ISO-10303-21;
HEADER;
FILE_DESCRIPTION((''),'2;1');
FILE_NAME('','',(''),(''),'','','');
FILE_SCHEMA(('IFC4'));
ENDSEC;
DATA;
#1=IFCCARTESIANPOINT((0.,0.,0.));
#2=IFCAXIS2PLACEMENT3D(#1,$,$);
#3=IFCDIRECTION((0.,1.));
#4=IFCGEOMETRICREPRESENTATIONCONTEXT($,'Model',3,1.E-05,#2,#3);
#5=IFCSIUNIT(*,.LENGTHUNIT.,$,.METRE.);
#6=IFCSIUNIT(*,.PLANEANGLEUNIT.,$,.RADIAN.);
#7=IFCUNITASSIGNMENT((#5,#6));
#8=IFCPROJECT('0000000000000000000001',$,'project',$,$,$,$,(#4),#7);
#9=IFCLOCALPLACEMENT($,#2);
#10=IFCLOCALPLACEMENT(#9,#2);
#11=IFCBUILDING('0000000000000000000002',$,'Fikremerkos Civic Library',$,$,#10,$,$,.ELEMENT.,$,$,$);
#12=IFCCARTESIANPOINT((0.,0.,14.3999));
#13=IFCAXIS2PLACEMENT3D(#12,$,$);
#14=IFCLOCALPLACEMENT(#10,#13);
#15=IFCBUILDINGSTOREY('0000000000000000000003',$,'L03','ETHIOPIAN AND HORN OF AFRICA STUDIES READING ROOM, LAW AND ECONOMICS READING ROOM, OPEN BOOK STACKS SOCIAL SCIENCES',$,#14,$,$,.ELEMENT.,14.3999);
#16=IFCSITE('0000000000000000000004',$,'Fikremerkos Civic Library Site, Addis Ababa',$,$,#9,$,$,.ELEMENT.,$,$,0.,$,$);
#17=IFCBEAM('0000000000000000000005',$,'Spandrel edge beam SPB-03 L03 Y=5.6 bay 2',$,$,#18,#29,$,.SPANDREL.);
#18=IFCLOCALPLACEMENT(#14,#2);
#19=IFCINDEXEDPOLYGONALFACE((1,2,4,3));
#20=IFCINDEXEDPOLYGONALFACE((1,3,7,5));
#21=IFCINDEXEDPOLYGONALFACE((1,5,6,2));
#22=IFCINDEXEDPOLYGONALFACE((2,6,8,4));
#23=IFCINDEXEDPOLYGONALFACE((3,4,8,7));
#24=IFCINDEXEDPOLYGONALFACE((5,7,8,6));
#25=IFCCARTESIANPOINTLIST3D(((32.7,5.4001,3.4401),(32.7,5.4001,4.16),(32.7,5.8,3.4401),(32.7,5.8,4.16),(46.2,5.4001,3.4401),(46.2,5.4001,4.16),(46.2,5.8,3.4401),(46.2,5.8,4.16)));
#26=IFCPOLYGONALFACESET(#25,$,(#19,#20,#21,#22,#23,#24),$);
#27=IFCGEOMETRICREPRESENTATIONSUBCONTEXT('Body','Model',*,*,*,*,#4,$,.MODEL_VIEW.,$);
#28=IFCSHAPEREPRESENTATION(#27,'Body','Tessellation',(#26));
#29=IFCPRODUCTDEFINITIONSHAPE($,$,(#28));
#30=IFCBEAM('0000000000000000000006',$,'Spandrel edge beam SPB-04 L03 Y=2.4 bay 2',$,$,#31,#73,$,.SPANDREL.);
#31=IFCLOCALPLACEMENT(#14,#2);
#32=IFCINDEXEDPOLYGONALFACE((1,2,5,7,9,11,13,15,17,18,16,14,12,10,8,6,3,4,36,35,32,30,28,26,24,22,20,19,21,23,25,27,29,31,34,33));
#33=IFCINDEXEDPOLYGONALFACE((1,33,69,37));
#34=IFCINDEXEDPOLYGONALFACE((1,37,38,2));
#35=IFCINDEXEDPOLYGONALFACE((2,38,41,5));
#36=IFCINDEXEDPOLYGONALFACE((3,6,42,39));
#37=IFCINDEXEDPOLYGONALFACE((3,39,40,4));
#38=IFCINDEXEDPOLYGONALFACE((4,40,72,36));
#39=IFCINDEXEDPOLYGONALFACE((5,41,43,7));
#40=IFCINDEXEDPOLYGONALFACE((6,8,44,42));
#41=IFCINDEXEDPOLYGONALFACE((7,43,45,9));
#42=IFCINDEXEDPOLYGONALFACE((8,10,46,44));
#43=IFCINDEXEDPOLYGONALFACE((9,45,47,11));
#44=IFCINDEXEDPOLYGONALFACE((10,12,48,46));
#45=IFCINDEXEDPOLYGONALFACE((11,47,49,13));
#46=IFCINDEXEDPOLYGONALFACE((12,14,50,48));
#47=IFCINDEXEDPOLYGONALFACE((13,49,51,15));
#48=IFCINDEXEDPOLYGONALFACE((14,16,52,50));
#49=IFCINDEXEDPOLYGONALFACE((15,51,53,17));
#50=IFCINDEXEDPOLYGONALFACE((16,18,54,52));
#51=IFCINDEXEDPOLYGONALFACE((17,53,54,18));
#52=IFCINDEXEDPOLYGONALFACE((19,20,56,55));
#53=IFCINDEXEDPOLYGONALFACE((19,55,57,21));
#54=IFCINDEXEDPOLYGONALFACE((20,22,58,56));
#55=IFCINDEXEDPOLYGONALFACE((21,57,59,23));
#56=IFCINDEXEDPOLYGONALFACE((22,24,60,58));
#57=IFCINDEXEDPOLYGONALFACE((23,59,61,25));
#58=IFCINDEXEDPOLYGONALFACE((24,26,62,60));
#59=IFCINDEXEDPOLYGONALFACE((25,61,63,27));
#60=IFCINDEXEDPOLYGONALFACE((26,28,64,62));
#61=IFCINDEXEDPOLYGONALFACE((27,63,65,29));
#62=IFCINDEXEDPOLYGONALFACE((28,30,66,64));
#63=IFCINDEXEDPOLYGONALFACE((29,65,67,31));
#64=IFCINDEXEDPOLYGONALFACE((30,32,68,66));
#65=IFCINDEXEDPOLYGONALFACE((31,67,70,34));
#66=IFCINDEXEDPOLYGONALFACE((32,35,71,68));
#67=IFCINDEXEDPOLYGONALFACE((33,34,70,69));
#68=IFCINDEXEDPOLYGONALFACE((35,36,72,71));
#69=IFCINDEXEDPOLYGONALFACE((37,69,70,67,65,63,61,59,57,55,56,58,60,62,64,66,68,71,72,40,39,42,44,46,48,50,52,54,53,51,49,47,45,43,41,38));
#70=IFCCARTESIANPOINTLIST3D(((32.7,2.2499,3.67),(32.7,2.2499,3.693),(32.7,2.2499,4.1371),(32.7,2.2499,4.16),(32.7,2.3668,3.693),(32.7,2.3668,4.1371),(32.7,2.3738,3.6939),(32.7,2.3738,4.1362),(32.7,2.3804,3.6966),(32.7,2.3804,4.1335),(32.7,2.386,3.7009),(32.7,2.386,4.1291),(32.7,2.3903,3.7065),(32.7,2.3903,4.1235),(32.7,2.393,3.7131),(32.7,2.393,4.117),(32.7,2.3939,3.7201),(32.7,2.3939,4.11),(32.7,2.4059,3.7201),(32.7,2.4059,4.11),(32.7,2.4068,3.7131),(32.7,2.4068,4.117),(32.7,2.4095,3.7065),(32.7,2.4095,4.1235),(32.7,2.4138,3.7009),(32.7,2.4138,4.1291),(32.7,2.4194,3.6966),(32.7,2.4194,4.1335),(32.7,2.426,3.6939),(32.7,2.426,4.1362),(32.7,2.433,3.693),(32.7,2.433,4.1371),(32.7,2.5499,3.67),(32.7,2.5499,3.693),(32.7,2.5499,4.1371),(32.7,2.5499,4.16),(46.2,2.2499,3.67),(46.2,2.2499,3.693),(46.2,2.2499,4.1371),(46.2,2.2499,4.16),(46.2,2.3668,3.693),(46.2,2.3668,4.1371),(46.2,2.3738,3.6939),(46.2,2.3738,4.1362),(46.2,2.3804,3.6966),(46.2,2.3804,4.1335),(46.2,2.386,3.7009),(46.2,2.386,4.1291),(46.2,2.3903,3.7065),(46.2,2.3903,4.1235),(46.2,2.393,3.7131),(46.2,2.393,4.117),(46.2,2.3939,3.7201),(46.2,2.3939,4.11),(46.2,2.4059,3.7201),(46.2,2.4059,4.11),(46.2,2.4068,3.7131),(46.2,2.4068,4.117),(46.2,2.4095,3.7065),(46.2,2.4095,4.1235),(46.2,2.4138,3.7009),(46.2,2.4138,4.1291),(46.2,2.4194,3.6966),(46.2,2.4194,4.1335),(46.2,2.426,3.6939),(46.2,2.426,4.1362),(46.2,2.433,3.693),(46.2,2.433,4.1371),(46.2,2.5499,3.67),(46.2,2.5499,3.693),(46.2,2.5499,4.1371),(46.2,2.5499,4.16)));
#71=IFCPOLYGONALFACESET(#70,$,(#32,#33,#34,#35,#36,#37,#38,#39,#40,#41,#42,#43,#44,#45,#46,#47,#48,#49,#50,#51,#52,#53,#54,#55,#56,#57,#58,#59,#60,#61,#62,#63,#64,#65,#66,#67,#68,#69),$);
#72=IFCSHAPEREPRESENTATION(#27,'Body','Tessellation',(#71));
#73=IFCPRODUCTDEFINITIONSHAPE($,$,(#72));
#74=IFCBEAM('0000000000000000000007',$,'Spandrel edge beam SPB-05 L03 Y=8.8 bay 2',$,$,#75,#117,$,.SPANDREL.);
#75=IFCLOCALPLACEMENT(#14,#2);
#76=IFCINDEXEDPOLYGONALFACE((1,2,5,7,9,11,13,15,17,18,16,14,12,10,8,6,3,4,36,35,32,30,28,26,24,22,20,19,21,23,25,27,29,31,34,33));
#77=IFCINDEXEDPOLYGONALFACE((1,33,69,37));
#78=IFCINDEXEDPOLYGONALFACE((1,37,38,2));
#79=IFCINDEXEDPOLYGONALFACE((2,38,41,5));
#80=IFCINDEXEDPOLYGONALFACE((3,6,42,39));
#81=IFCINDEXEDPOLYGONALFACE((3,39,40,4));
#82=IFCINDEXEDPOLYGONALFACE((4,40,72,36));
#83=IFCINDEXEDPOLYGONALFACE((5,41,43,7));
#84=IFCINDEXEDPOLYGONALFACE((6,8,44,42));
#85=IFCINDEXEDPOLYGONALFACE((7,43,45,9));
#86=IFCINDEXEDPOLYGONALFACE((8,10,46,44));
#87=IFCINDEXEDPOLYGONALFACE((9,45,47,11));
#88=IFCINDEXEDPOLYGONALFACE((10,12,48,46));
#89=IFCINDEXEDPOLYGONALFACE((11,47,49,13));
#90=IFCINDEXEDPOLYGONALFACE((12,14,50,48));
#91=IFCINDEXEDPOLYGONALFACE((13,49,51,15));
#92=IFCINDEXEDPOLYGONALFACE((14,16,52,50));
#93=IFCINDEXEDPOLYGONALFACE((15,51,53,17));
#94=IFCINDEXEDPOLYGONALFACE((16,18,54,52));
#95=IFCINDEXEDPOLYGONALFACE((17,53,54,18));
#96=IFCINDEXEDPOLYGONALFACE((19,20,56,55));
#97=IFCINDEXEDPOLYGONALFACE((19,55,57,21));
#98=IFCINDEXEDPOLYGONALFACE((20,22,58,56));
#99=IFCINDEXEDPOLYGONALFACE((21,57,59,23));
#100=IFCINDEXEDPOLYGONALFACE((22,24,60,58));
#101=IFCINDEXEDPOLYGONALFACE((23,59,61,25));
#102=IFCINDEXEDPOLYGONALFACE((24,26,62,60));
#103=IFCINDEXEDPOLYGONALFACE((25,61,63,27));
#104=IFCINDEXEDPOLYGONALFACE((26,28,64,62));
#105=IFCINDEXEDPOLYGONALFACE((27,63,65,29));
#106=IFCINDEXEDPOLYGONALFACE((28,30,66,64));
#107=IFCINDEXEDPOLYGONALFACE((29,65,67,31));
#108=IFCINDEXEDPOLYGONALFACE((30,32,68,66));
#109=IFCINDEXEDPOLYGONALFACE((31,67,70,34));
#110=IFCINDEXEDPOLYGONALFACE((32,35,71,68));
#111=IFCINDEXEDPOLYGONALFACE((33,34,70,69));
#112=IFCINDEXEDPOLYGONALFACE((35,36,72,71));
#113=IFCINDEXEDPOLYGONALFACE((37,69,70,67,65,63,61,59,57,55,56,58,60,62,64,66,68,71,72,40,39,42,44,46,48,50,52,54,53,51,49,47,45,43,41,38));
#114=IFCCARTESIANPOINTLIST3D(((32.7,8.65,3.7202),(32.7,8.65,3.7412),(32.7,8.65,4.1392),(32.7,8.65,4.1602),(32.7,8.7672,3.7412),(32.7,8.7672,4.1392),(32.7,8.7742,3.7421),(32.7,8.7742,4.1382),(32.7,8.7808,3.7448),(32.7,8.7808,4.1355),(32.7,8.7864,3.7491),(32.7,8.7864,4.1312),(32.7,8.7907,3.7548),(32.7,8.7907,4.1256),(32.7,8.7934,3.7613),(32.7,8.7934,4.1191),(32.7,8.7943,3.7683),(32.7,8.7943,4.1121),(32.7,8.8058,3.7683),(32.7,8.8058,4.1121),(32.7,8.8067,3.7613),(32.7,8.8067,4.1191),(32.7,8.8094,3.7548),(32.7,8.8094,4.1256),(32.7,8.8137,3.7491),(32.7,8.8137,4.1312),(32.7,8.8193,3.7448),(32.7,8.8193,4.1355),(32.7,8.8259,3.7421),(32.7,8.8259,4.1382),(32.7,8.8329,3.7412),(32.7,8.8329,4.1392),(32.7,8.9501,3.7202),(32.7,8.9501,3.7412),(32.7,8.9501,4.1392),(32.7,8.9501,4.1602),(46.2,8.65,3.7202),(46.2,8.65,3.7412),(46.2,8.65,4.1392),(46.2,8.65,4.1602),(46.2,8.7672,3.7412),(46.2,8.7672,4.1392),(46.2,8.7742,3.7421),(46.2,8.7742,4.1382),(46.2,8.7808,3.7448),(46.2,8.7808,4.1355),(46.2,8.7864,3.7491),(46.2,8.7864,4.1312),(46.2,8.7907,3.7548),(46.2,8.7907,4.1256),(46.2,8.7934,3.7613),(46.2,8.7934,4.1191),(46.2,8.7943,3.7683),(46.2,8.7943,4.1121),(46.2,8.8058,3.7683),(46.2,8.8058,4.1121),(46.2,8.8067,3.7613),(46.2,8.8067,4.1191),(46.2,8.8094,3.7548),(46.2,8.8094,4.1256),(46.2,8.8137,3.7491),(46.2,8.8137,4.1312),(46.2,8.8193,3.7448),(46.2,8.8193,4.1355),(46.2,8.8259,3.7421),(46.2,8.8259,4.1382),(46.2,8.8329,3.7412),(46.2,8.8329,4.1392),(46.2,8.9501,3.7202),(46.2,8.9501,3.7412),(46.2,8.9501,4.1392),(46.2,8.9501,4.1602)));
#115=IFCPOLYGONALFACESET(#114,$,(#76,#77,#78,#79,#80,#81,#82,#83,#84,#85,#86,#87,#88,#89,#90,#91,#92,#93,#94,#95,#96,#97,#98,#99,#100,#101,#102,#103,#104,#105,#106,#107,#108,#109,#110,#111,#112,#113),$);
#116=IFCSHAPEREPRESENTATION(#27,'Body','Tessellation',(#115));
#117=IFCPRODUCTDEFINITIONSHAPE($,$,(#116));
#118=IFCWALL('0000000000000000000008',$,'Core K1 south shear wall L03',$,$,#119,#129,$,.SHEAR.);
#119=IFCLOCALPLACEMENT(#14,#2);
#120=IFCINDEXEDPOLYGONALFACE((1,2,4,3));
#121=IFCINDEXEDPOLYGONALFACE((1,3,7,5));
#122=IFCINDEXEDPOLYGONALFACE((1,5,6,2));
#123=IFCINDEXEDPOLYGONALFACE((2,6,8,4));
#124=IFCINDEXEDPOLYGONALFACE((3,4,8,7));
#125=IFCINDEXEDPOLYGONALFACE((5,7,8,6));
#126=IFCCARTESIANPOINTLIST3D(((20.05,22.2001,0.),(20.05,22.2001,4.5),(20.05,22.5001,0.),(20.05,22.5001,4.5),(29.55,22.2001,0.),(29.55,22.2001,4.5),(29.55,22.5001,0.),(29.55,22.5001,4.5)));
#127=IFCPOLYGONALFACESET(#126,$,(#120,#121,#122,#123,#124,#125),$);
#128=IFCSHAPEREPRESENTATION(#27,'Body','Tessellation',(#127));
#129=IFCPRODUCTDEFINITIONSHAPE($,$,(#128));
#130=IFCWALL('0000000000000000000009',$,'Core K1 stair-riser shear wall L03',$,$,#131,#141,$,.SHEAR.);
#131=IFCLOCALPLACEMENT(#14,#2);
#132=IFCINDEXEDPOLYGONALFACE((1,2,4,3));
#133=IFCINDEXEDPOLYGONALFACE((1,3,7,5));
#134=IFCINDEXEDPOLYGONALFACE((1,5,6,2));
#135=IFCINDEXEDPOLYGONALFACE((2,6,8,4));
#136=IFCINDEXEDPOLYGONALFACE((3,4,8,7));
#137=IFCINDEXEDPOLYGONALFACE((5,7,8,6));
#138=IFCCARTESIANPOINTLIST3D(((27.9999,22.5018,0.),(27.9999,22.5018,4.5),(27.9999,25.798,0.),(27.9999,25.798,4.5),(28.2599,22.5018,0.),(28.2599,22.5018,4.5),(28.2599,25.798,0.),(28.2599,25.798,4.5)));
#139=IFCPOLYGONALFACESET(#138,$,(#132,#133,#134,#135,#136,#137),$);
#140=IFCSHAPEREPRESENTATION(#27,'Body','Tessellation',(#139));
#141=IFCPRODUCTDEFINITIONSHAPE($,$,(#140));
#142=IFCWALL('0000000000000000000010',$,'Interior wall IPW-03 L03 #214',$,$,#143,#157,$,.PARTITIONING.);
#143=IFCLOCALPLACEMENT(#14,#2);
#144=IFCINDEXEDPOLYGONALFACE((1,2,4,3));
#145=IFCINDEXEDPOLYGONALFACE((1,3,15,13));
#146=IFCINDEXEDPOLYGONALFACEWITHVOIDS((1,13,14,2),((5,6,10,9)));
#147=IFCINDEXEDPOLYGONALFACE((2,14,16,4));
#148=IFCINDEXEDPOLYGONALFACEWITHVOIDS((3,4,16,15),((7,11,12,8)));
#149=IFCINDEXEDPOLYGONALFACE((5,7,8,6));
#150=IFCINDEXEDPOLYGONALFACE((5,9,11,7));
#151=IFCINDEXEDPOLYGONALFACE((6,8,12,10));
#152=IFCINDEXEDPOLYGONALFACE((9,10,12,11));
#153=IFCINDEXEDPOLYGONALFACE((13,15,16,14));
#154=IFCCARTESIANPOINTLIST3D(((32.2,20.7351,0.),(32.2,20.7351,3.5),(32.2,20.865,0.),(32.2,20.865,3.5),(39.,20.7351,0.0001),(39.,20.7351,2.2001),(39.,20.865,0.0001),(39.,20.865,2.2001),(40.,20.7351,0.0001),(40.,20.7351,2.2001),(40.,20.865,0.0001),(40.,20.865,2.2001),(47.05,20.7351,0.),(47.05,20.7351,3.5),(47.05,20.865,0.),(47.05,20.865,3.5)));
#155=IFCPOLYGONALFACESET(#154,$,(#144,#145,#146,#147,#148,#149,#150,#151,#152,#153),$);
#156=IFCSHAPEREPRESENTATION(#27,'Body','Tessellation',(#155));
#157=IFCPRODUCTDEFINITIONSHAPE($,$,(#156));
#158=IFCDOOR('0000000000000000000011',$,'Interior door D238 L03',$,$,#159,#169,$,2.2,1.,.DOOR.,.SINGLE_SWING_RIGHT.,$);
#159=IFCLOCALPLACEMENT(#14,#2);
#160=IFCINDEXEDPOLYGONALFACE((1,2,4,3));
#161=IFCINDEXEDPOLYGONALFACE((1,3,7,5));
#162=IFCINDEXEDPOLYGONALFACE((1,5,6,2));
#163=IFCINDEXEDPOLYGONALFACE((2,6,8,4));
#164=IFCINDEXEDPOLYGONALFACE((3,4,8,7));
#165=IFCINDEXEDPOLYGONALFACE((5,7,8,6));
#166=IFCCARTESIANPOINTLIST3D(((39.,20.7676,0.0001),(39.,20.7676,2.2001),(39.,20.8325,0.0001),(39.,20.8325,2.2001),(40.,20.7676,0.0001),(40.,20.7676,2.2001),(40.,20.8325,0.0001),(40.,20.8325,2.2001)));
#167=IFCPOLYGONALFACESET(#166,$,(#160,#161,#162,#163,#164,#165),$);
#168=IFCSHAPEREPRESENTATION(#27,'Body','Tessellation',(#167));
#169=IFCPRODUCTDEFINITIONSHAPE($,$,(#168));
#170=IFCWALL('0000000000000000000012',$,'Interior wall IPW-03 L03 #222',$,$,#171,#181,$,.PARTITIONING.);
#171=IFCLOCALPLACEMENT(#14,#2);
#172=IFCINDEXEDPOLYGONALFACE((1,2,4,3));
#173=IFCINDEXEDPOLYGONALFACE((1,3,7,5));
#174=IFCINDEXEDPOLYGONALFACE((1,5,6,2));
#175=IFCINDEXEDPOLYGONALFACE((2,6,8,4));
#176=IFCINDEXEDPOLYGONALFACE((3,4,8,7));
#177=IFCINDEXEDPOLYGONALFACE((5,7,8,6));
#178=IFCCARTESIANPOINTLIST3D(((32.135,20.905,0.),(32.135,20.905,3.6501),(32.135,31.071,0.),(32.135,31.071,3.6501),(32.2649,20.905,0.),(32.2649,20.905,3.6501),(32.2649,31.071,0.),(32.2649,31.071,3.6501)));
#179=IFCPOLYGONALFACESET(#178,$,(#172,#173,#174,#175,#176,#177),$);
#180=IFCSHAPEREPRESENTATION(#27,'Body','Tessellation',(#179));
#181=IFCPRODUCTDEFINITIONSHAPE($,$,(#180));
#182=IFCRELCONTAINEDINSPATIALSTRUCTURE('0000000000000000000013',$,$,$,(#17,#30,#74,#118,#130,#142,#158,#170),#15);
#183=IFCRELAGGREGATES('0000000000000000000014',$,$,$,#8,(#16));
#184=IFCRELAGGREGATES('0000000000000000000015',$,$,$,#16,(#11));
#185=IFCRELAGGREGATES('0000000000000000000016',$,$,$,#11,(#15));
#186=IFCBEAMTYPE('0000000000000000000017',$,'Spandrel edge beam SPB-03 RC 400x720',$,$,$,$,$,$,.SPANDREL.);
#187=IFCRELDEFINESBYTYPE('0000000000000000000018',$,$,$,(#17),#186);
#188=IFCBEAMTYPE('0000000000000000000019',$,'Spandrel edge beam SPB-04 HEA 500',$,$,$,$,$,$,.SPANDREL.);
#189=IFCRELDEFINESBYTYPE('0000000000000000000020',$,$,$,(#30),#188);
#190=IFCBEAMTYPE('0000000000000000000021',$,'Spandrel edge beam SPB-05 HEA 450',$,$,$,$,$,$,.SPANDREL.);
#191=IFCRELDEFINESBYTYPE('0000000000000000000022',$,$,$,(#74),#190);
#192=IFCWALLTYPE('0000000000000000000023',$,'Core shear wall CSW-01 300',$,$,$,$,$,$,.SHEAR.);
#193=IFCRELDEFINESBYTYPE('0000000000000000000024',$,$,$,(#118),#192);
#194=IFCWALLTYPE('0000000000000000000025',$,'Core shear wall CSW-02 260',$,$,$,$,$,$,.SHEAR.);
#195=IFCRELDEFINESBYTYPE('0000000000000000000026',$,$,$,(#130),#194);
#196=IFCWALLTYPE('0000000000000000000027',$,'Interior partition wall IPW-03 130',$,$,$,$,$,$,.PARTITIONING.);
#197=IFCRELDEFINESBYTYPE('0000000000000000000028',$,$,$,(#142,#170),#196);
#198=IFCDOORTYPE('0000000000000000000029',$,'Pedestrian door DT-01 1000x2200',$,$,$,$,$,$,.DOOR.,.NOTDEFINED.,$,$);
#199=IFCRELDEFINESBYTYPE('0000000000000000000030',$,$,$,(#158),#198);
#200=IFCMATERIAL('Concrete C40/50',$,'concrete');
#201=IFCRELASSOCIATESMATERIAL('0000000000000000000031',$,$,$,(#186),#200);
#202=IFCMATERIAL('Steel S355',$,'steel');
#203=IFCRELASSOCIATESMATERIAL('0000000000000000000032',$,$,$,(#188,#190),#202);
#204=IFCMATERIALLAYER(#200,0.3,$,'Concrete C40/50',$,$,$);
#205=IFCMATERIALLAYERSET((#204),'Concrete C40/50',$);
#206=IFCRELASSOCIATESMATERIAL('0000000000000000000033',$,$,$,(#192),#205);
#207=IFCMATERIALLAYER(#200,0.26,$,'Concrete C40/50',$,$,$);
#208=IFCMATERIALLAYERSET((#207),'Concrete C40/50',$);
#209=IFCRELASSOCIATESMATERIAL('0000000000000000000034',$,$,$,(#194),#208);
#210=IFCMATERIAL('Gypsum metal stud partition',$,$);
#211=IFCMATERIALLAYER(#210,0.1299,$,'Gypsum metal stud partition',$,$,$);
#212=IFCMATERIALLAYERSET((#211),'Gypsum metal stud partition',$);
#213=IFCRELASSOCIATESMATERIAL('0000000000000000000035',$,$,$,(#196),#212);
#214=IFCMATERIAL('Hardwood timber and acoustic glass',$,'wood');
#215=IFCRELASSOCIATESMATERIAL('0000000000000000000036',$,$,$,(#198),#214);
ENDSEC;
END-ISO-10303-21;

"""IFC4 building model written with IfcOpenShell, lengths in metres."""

from ifc_helpers import new_model, si_unit, direction, frame, frame_2d, origin, origin_2d, place, context, subcontext, project, spatial, rectangle, i_section, extrude, material, layer, layer_set, material_profile, profile_set, type_object, element, fill, save


model = new_model("IFC4")

# Units and contexts
model_context = context("Model", 3, precision=1e-05, world=origin(), true_north=direction((0.0, 1.0)))
body_context = subcontext(model_context, "Body", "Model", "MODEL_VIEW")
ifc_project = project(units=[si_unit("LENGTHUNIT", "METRE"), si_unit("PLANEANGLEUNIT", "RADIAN")], contexts=[model_context])

# Site, building, storey
site_placement = place(None, origin())
site = spatial("IfcSite", under=ifc_project, at=site_placement, Name="Fikremerkos Civic Library Site, Addis Ababa", CompositionType="ELEMENT", RefElevation=0.0)
building_placement = place(site_placement, origin())
building = spatial("IfcBuilding", under=site, at=building_placement, Name="Fikremerkos Civic Library", CompositionType="ELEMENT")
storey_placement = place(building_placement, frame((0.0, 0.0, 14.3999)))
storey = spatial("IfcBuildingStorey", under=building, at=storey_placement, Name="L03", Description="ETHIOPIAN AND HORN OF AFRICA STUDIES READING ROOM, LAW AND ECONOMICS READING ROOM, OPEN BOOK STACKS SOCIAL SCIENCES", CompositionType="ELEMENT", Elevation=14.3999)

# Shared definitions
ifc_material_1 = material(Name="Concrete C40/50", Category="concrete")
ifc_material_2 = material(Name="Steel S355", Category="steel")

# Beams
ifc_material_profile_1 = material_profile(ifc_material_1, rectangle(XDim=0.3999, YDim=0.72, at=origin_2d()), Name="RC 400x720")
ifc_profile_set_1 = profile_set([ifc_material_profile_1], Name="Concrete C40/50")
beam_type_1 = type_object("IfcBeamType", Name="Spandrel edge beam SPB-03 RC 400x720", PredefinedType="SPANDREL", material=ifc_profile_set_1)
beam_1_placement = place(storey_placement, frame((32.7, 5.6001, 3.8), z_axis=(1.0, 0.0, 0.0), x_axis=(0.0, 1.0, 0.0)))
element("IfcBeam", 1, at=beam_1_placement, inside=storey, type_object=beam_type_1, Name="Spandrel edge beam SPB-03 L03 Y=5.6 bay 2", PredefinedType="SPANDREL", context=body_context, shape_type="SweptSolid", body=[
    extrude(rectangle(XDim=0.3999, YDim=0.72, at=origin_2d()), origin(), (0.0, 0.0, 1.0), 13.5),
])
ifc_material_profile_2 = material_profile(ifc_material_2, i_section(OverallWidth=0.3, OverallDepth=0.49, WebThickness=0.012, FlangeThickness=0.0229, FilletRadius=0.0271, at=origin_2d()), Name="HEA 500")
ifc_profile_set_2 = profile_set([ifc_material_profile_2], Name="Steel S355")
beam_type_2 = type_object("IfcBeamType", Name="Spandrel edge beam SPB-04 HEA 500", PredefinedType="SPANDREL", material=ifc_profile_set_2)
beam_2_placement = place(storey_placement, frame((32.7, 2.3999, 3.915), z_axis=(1.0, 0.0, 0.0), x_axis=(0.0, 1.0, 0.0)))
element("IfcBeam", 2, at=beam_2_placement, inside=storey, type_object=beam_type_2, Name="Spandrel edge beam SPB-04 L03 Y=2.4 bay 2", PredefinedType="SPANDREL", context=body_context, shape_type="SweptSolid", body=[
    extrude(i_section(OverallWidth=0.3, OverallDepth=0.49, WebThickness=0.012, FlangeThickness=0.0229, FilletRadius=0.0271, at=origin_2d()), origin(), (0.0, 0.0, 1.0), 13.5),
])
ifc_material_profile_3 = material_profile(ifc_material_2, i_section(OverallWidth=0.3, OverallDepth=0.4399, WebThickness=0.0115, FlangeThickness=0.021, FilletRadius=0.0271, at=origin_2d()), Name="HEA 450")
ifc_profile_set_3 = profile_set([ifc_material_profile_3], Name="Steel S355")
beam_type_3 = type_object("IfcBeamType", Name="Spandrel edge beam SPB-05 HEA 450", PredefinedType="SPANDREL", material=ifc_profile_set_3)
beam_3_placement = place(storey_placement, frame((32.7, 8.8, 3.9402), z_axis=(1.0, 0.0, 0.0), x_axis=(0.0, 1.0, 0.0)))
element("IfcBeam", 3, at=beam_3_placement, inside=storey, type_object=beam_type_3, Name="Spandrel edge beam SPB-05 L03 Y=8.8 bay 2", PredefinedType="SPANDREL", context=body_context, shape_type="SweptSolid", body=[
    extrude(i_section(OverallWidth=0.3, OverallDepth=0.4399, WebThickness=0.0115, FlangeThickness=0.021, FilletRadius=0.0271, at=origin_2d()), origin(), (0.0, 0.0, 1.0), 13.5),
])

# Walls
ifc_layer_1 = layer(ifc_material_1, 0.3, Name="Concrete C40/50")
ifc_layer_set_1 = layer_set([ifc_layer_1], Name="Concrete C40/50")
wall_type_1 = type_object("IfcWallType", Name="Core shear wall CSW-01 300", PredefinedType="SHEAR", material=ifc_layer_set_1)
wall_1_placement = place(storey_placement, frame((29.55, 22.3501, 0.0), z_axis=(0.0, 0.0, 1.0), x_axis=(-1.0, 0.0, 0.0)))
element("IfcWall", 4, at=wall_1_placement, inside=storey, type_object=wall_type_1, Name="Core K1 south shear wall L03", PredefinedType="SHEAR", context=body_context, shape_type="SweptSolid", body=[
    extrude(rectangle(XDim=9.5, YDim=0.3, at=frame_2d((4.75, 0.0))), origin(), (0.0, 0.0, 1.0), 4.5),
])
ifc_layer_2 = layer(ifc_material_1, 0.26, Name="Concrete C40/50")
ifc_layer_set_2 = layer_set([ifc_layer_2], Name="Concrete C40/50")
wall_type_2 = type_object("IfcWallType", Name="Core shear wall CSW-02 260", PredefinedType="SHEAR", material=ifc_layer_set_2)
wall_2_placement = place(storey_placement, frame((28.1299, 22.502, 0.0), z_axis=(0.0, 0.0, 1.0), x_axis=(0.0, 1.0, 0.0)))
element("IfcWall", 5, at=wall_2_placement, inside=storey, type_object=wall_type_2, Name="Core K1 stair-riser shear wall L03", PredefinedType="SHEAR", context=body_context, shape_type="SweptSolid", body=[
    extrude(rectangle(XDim=3.2961, YDim=0.26, at=frame_2d((1.6479, 0.0))), origin(), (0.0, 0.0, 1.0), 4.5),
])

# Wall, opening, door
ifc_material_3 = material(Name="Gypsum metal stud partition")
ifc_layer_3 = layer(ifc_material_3, 0.1299, Name="Gypsum metal stud partition")
ifc_layer_set_3 = layer_set([ifc_layer_3], Name="Gypsum metal stud partition")
wall_type_3 = type_object("IfcWallType", Name="Interior partition wall IPW-03 130", PredefinedType="PARTITIONING", material=ifc_layer_set_3)
wall_3_placement = place(storey_placement, frame((32.2, 20.8, 0.0), z_axis=(0.0, 0.0, 1.0), x_axis=(1.0, 0.0, 0.0)))
wall_3 = element("IfcWall", 6, at=wall_3_placement, inside=storey, type_object=wall_type_3, Name="Interior wall IPW-03 L03 #214", PredefinedType="PARTITIONING", context=body_context, shape_type="SweptSolid", body=[
    extrude(rectangle(XDim=14.8501, YDim=0.1299, at=frame_2d((7.425, 0.0))), origin(), (0.0, 0.0, 1.0), 3.5),
])
opening_1_placement = place(wall_3_placement, frame((6.8, 0.0, 0.0)))
opening_1 = element("IfcOpeningElement", 7, at=opening_1_placement, cuts=wall_3, PredefinedType="OPENING", context=body_context, shape_type="SweptSolid", body=[
    extrude(rectangle(XDim=1.0, YDim=2.2, at=frame_2d((0.5, 1.1001))), frame((0.0, 0.075, 0.0), z_axis=(0.0, -1.0, 0.0), x_axis=(1.0, 0.0, 0.0)), (0.0, 0.0, 1.0), 0.1499),
])
ifc_material_4 = material(Name="Hardwood timber and acoustic glass", Category="wood")
door_type = type_object("IfcDoorType", Name="Pedestrian door DT-01 1000x2200", OperationType="NOTDEFINED", PredefinedType="DOOR", material=ifc_material_4)
door_placement = place(opening_1_placement, origin())
door = element("IfcDoor", 8, at=door_placement, inside=storey, type_object=door_type, Name="Interior door D238 L03", OperationType="SINGLE_SWING_RIGHT", OverallHeight=2.2, OverallWidth=1.0, PredefinedType="DOOR", context=body_context, shape_type="SweptSolid", body=[
    extrude(rectangle(XDim=1.0, YDim=2.2, at=frame_2d((0.5, 1.1001))), frame((0.0, 0.0325, 0.0), z_axis=(0.0, -1.0, 0.0), x_axis=(1.0, 0.0, 0.0)), (0.0, 0.0, 1.0), 0.0649),
])
fill(opening_1, door)

# Wall
wall_4_placement = place(storey_placement, frame((32.2, 20.905, 0.0), z_axis=(0.0, 0.0, 1.0), x_axis=(0.0, 1.0, 0.0)))
element("IfcWall", 9, at=wall_4_placement, inside=storey, type_object=wall_type_3, Name="Interior wall IPW-03 L03 #222", PredefinedType="PARTITIONING", context=body_context, shape_type="SweptSolid", body=[
    extrude(rectangle(XDim=10.166, YDim=0.1299, at=frame_2d((5.083, 0.0))), origin(), (0.0, 0.0, 1.0), 3.6501),
])

save(model, "model.ifc")
